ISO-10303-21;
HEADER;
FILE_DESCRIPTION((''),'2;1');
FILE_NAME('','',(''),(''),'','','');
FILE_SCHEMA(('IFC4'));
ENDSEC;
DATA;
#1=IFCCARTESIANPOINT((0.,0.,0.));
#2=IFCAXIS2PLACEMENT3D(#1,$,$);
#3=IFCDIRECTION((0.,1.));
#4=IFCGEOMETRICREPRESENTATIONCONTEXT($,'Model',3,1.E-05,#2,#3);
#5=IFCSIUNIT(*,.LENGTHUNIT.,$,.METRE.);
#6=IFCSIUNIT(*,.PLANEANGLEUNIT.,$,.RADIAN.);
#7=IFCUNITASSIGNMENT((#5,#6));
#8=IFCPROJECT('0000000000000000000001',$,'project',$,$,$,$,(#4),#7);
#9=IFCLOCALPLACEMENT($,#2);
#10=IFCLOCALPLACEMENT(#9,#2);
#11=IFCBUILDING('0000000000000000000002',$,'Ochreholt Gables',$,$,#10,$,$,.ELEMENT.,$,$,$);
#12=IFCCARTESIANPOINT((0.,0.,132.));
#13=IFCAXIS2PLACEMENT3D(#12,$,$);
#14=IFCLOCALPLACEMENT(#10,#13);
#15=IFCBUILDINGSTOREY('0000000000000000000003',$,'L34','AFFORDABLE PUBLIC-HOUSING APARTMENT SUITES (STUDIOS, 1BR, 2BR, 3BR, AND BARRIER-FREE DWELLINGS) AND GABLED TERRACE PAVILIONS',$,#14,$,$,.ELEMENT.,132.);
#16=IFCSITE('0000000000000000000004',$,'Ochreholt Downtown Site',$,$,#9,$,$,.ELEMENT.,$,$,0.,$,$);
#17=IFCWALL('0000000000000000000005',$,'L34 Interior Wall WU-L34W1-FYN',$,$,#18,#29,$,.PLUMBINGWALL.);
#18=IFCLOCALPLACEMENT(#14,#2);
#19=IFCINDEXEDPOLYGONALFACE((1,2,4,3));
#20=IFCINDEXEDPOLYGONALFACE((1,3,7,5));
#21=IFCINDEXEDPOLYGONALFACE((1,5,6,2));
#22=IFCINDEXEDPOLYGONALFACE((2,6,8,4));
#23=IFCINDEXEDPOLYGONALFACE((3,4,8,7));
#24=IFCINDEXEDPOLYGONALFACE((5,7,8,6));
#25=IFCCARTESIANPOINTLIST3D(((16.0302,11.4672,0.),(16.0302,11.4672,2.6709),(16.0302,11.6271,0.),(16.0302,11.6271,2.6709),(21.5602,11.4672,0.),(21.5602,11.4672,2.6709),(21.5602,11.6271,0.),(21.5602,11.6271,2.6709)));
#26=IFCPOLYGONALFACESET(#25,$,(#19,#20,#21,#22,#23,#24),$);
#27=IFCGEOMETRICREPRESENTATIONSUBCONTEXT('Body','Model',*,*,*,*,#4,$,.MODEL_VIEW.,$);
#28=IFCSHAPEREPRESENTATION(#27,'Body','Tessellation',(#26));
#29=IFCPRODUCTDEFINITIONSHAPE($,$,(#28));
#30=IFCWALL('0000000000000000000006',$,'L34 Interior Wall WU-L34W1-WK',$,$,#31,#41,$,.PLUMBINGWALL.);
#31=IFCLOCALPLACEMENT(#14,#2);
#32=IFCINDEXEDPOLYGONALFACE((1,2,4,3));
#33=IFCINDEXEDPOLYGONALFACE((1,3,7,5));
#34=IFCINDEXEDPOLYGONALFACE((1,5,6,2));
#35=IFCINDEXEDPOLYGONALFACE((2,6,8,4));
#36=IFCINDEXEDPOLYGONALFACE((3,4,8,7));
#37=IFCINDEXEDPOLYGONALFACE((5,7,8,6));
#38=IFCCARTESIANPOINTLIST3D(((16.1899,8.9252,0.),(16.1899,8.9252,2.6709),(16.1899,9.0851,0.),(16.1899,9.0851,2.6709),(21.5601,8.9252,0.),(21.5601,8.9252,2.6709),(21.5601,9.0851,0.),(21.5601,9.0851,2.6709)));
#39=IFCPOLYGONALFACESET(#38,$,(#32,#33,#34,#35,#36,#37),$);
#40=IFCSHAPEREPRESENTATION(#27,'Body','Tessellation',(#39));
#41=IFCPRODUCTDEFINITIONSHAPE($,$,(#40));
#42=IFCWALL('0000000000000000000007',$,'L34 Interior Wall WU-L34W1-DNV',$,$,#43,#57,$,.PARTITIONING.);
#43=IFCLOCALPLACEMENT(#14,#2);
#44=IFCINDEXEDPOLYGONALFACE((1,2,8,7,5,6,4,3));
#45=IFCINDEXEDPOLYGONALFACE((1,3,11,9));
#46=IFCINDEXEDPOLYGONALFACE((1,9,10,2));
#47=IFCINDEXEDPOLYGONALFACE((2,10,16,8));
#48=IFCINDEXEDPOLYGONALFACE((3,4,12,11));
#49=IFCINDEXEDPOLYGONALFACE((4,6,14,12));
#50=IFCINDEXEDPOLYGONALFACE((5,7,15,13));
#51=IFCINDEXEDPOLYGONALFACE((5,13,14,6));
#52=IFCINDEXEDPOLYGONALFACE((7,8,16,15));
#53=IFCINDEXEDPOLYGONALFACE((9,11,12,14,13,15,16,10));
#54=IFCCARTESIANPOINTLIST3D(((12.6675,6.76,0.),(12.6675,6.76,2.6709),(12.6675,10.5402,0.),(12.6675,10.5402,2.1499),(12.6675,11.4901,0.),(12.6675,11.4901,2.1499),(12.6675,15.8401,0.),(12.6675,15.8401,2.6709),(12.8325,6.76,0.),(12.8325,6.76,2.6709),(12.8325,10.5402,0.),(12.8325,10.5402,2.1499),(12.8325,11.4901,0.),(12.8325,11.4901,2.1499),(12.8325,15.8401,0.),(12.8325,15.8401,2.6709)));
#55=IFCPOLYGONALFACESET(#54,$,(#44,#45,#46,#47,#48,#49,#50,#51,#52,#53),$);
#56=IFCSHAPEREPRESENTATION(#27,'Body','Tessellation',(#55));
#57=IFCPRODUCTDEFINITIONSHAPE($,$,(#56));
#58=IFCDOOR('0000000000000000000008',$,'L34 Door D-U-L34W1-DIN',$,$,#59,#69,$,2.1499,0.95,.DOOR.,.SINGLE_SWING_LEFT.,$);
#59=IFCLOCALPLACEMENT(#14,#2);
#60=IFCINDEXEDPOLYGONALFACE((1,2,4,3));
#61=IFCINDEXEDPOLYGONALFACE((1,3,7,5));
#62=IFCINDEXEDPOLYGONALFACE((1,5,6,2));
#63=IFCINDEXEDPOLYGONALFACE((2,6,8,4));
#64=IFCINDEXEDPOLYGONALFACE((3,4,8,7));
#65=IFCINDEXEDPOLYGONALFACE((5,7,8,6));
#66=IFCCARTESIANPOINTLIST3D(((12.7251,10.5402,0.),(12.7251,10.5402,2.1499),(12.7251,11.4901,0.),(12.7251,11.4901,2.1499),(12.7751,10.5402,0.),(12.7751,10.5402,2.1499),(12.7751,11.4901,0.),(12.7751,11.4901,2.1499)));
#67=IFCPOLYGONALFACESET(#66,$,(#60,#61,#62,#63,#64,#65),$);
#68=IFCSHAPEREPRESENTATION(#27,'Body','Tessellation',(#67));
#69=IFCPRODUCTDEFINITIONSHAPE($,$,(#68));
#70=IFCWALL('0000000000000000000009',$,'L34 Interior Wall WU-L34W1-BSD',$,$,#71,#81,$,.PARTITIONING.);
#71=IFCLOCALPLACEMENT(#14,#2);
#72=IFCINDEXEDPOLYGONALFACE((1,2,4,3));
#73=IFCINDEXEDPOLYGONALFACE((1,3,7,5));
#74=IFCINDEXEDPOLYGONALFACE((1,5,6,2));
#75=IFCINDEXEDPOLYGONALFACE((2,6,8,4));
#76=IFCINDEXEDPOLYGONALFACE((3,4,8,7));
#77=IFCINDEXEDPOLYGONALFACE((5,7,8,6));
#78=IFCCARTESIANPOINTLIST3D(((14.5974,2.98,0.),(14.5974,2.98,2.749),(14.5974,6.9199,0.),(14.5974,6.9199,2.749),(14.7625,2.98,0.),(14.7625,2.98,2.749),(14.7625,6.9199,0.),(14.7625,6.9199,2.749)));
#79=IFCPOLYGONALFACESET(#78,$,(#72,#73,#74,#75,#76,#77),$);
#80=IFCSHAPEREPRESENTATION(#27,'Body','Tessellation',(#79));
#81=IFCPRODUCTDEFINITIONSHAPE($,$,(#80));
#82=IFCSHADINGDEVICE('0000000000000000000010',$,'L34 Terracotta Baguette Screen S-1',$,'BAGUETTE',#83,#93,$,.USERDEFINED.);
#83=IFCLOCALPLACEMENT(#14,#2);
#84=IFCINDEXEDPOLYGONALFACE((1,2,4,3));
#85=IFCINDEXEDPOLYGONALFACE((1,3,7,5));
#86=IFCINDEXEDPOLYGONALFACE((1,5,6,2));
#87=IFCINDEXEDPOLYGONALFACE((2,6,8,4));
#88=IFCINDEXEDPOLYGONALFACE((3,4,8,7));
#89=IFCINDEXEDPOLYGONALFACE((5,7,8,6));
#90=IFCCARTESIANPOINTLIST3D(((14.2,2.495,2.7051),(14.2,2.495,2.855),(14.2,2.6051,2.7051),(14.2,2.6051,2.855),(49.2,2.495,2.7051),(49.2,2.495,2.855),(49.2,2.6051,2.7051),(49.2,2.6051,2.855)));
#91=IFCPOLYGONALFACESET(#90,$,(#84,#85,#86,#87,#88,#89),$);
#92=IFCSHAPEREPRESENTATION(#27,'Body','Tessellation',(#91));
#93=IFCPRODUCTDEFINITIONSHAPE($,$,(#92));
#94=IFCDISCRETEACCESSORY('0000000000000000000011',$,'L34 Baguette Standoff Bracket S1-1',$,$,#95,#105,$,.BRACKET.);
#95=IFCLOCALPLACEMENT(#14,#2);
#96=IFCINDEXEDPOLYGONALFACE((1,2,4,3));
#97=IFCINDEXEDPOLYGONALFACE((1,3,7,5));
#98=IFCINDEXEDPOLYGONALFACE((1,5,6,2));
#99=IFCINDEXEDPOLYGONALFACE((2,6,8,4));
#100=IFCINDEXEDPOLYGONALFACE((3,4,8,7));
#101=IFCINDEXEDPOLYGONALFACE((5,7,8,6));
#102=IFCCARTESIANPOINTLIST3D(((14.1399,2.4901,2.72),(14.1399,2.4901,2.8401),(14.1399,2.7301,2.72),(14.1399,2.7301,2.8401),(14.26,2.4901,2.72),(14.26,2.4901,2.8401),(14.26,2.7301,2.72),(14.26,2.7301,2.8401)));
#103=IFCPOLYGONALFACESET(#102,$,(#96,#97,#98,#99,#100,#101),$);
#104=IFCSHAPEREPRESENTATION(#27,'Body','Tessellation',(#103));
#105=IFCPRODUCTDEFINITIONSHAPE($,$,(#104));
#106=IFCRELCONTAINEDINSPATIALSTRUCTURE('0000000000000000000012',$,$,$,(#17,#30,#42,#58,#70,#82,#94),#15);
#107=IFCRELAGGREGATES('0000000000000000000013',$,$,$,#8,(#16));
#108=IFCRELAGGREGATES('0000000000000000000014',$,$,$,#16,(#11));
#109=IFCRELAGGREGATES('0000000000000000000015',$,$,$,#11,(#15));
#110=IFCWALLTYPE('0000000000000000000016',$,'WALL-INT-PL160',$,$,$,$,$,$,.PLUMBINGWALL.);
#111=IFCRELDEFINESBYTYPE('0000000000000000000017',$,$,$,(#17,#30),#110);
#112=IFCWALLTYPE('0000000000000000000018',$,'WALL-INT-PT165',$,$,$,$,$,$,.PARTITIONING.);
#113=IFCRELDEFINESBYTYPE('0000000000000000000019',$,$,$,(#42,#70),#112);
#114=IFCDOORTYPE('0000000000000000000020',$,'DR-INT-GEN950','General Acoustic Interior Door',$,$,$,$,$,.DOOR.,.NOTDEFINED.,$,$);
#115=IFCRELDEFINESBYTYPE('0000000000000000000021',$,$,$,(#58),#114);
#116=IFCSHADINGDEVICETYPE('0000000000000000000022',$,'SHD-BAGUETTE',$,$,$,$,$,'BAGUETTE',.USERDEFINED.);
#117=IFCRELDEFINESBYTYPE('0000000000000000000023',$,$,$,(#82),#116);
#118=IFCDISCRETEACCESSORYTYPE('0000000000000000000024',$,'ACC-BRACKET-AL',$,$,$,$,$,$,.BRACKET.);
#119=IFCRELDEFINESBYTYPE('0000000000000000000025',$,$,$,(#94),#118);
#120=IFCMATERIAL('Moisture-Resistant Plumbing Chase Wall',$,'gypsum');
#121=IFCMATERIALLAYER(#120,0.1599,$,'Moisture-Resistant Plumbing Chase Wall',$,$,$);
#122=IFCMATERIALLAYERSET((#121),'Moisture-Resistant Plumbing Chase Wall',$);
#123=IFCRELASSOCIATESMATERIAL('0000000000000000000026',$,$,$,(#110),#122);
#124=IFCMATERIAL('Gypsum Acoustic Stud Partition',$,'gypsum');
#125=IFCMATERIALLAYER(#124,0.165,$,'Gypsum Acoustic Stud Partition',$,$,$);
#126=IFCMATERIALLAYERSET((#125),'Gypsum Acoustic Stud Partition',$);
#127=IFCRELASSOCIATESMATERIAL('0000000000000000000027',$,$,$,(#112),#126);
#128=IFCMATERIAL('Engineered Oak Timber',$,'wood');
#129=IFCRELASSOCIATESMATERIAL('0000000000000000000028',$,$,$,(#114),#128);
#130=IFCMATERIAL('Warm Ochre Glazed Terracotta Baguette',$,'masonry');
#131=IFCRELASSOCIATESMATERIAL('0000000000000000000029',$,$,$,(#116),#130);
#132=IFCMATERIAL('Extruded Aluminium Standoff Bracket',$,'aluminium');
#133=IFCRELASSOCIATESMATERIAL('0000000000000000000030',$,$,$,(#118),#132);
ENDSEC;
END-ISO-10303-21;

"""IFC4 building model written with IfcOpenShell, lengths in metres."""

from ifc_helpers import new_model, si_unit, direction, frame, frame_2d, origin, origin_2d, place, context, subcontext, project, spatial, rectangle, extrude, material, layer, layer_set, material_profile, profile_set, type_object, element, fill, save


model = new_model("IFC4")

# Units and contexts
model_context = context("Model", 3, precision=1e-05, world=origin(), true_north=direction((0.0, 1.0)))
body_context = subcontext(model_context, "Body", "Model", "MODEL_VIEW")
ifc_project = project(units=[si_unit("LENGTHUNIT", "METRE"), si_unit("PLANEANGLEUNIT", "RADIAN")], contexts=[model_context])

# Site, building, storey
site_placement = place(None, origin())
site = spatial("IfcSite", under=ifc_project, at=site_placement, Name="Ochreholt Downtown Site", CompositionType="ELEMENT", RefElevation=0.0)
building_placement = place(site_placement, origin())
building = spatial("IfcBuilding", under=site, at=building_placement, Name="Ochreholt Gables", CompositionType="ELEMENT")
storey_placement = place(building_placement, frame((0.0, 0.0, 132.0)))
storey = spatial("IfcBuildingStorey", under=building, at=storey_placement, Name="L34", Description="AFFORDABLE PUBLIC-HOUSING APARTMENT SUITES (STUDIOS, 1BR, 2BR, 3BR, AND BARRIER-FREE DWELLINGS) AND GABLED TERRACE PAVILIONS", CompositionType="ELEMENT", Elevation=132.0)

# Wall
ifc_material_1 = material(Name="Moisture-Resistant Plumbing Chase Wall", Category="gypsum")
ifc_layer_1 = layer(ifc_material_1, 0.1599, Name="Moisture-Resistant Plumbing Chase Wall")
ifc_layer_set_1 = layer_set([ifc_layer_1], Name="Moisture-Resistant Plumbing Chase Wall")
wall_type_1 = type_object("IfcWallType", Name="WALL-INT-PL160", PredefinedType="PLUMBINGWALL", material=ifc_layer_set_1)
wall_1_placement = place(storey_placement, frame((16.03, 11.5471, 0.0), z_axis=(0.0, 0.0, 1.0), x_axis=(1.0, 0.0, 0.0)))
element("IfcWall", 1, at=wall_1_placement, inside=storey, type_object=wall_type_1, Name="L34 Interior Wall WU-L34W1-FYN", PredefinedType="PLUMBINGWALL", context=body_context, shape_type="SweptSolid", body=[
    extrude(rectangle(XDim=5.53, YDim=0.1599, at=frame_2d((2.7651, 0.0))), origin(), (0.0, 0.0, 1.0), 2.6709),
])

# Shared definitions
ifc_material_2 = material(Name="Engineered Oak Timber", Category="wood")

# Wall
wall_2_placement = place(storey_placement, frame((16.1899, 9.0051, 0.0), z_axis=(0.0, 0.0, 1.0), x_axis=(1.0, 0.0, 0.0)))
element("IfcWall", 2, at=wall_2_placement, inside=storey, type_object=wall_type_1, Name="L34 Interior Wall WU-L34W1-WK", PredefinedType="PLUMBINGWALL", context=body_context, shape_type="SweptSolid", body=[
    extrude(rectangle(XDim=5.3701, YDim=0.1599, at=frame_2d((2.6851, 0.0))), origin(), (0.0, 0.0, 1.0), 2.6709),
])

# Wall, opening, door
ifc_material_3 = material(Name="Gypsum Acoustic Stud Partition", Category="gypsum")
ifc_layer_2 = layer(ifc_material_3, 0.165, Name="Gypsum Acoustic Stud Partition")
ifc_layer_set_2 = layer_set([ifc_layer_2], Name="Gypsum Acoustic Stud Partition")
wall_type_2 = type_object("IfcWallType", Name="WALL-INT-PT165", PredefinedType="PARTITIONING", material=ifc_layer_set_2)
wall_3_placement = place(storey_placement, frame((12.75, 6.76, 0.0), z_axis=(0.0, 0.0, 1.0), x_axis=(0.0, 1.0, 0.0)))
wall_3 = element("IfcWall", 3, at=wall_3_placement, inside=storey, type_object=wall_type_2, Name="L34 Interior Wall WU-L34W1-DNV", PredefinedType="PARTITIONING", context=body_context, shape_type="SweptSolid", body=[
    extrude(rectangle(XDim=9.0801, YDim=0.165, at=frame_2d((4.54, 0.0))), origin(), (0.0, 0.0, 1.0), 2.6709),
])
opening_1_placement = place(wall_3_placement, frame((3.78, 0.0, 0.0)))
opening_1 = element("IfcOpeningElement", 4, at=opening_1_placement, cuts=wall_3, PredefinedType="OPENING", context=body_context, shape_type="SweptSolid", body=[
    extrude(rectangle(XDim=0.95, YDim=2.1499, at=frame_2d((0.4751, 1.075))), frame((0.0, 0.0925, 0.0), z_axis=(0.0, -1.0, 0.0), x_axis=(1.0, 0.0, 0.0)), (0.0, 0.0, 1.0), 0.1851),
])
door_type_1 = type_object("IfcDoorType", Name="DR-INT-GEN950", Description="General Acoustic Interior Door", OperationType="NOTDEFINED", PredefinedType="DOOR", material=ifc_material_2)
door_1_placement = place(opening_1_placement, origin())
door_1 = element("IfcDoor", 5, at=door_1_placement, inside=storey, type_object=door_type_1, Name="L34 Door D-U-L34W1-DIN", OperationType="SINGLE_SWING_LEFT", OverallHeight=2.1499, OverallWidth=0.95, PredefinedType="DOOR", context=body_context, shape_type="SweptSolid", body=[
    extrude(rectangle(XDim=0.95, YDim=2.1499, at=frame_2d((0.4751, 1.075))), frame((0.0, 0.0249, 0.0), z_axis=(0.0, -1.0, 0.0), x_axis=(1.0, 0.0, 0.0)), (0.0, 0.0, 1.0), 0.05),
])
fill(opening_1, door_1)

# Wall
wall_4_placement = place(storey_placement, frame((14.6799, 2.98, 0.0), z_axis=(0.0, 0.0, 1.0), x_axis=(0.0, 1.0, 0.0)))
element("IfcWall", 6, at=wall_4_placement, inside=storey, type_object=wall_type_2, Name="L34 Interior Wall WU-L34W1-BSD", PredefinedType="PARTITIONING", context=body_context, shape_type="SweptSolid", body=[
    extrude(rectangle(XDim=3.9399, YDim=0.165, at=frame_2d((1.97, 0.0))), origin(), (0.0, 0.0, 1.0), 2.749),
])

# Shading device
ifc_material_4 = material(Name="Warm Ochre Glazed Terracotta Baguette", Category="masonry")
ifc_material_profile_1 = material_profile(ifc_material_4, rectangle(XDim=0.1101, YDim=0.1499, at=origin_2d()), Name="TCBAG110X150")
ifc_profile_set_1 = profile_set([ifc_material_profile_1], Name="Warm Ochre Glazed Terracotta Baguette")
shading_device_type = type_object("IfcShadingDeviceType", Name="SHD-BAGUETTE", ElementType="BAGUETTE", PredefinedType="USERDEFINED", material=ifc_profile_set_1)
shading_device_placement = place(storey_placement, frame((14.2, 2.55, 2.78), z_axis=(1.0, 0.0, 0.0), x_axis=(0.0, 1.0, 0.0)))
element("IfcShadingDevice", 7, at=shading_device_placement, inside=storey, type_object=shading_device_type, Name="L34 Terracotta Baguette Screen S-1", ObjectType="BAGUETTE", PredefinedType="USERDEFINED", context=body_context, shape_type="SweptSolid", body=[
    extrude(rectangle(XDim=0.1101, YDim=0.1499, at=origin_2d()), origin(), (0.0, 0.0, 1.0), 35.0),
])

# Discrete accessory
ifc_material_5 = material(Name="Extruded Aluminium Standoff Bracket", Category="aluminium")
discrete_accessory_type = type_object("IfcDiscreteAccessoryType", Name="ACC-BRACKET-AL", PredefinedType="BRACKET", material=ifc_material_5)
discrete_accessory_placement = place(storey_placement, frame((14.2, 2.6101, 2.72), z_axis=(0.0, 0.0, 1.0), x_axis=(1.0, 0.0, 0.0)))
element("IfcDiscreteAccessory", 8, at=discrete_accessory_placement, inside=storey, type_object=discrete_accessory_type, Name="L34 Baguette Standoff Bracket S1-1", PredefinedType="BRACKET", context=body_context, shape_type="SweptSolid", body=[
    extrude(rectangle(XDim=0.1201, YDim=0.24, at=origin_2d()), origin(), (0.0, 0.0, 1.0), 0.1201),
])

save(model, "model.ifc")
